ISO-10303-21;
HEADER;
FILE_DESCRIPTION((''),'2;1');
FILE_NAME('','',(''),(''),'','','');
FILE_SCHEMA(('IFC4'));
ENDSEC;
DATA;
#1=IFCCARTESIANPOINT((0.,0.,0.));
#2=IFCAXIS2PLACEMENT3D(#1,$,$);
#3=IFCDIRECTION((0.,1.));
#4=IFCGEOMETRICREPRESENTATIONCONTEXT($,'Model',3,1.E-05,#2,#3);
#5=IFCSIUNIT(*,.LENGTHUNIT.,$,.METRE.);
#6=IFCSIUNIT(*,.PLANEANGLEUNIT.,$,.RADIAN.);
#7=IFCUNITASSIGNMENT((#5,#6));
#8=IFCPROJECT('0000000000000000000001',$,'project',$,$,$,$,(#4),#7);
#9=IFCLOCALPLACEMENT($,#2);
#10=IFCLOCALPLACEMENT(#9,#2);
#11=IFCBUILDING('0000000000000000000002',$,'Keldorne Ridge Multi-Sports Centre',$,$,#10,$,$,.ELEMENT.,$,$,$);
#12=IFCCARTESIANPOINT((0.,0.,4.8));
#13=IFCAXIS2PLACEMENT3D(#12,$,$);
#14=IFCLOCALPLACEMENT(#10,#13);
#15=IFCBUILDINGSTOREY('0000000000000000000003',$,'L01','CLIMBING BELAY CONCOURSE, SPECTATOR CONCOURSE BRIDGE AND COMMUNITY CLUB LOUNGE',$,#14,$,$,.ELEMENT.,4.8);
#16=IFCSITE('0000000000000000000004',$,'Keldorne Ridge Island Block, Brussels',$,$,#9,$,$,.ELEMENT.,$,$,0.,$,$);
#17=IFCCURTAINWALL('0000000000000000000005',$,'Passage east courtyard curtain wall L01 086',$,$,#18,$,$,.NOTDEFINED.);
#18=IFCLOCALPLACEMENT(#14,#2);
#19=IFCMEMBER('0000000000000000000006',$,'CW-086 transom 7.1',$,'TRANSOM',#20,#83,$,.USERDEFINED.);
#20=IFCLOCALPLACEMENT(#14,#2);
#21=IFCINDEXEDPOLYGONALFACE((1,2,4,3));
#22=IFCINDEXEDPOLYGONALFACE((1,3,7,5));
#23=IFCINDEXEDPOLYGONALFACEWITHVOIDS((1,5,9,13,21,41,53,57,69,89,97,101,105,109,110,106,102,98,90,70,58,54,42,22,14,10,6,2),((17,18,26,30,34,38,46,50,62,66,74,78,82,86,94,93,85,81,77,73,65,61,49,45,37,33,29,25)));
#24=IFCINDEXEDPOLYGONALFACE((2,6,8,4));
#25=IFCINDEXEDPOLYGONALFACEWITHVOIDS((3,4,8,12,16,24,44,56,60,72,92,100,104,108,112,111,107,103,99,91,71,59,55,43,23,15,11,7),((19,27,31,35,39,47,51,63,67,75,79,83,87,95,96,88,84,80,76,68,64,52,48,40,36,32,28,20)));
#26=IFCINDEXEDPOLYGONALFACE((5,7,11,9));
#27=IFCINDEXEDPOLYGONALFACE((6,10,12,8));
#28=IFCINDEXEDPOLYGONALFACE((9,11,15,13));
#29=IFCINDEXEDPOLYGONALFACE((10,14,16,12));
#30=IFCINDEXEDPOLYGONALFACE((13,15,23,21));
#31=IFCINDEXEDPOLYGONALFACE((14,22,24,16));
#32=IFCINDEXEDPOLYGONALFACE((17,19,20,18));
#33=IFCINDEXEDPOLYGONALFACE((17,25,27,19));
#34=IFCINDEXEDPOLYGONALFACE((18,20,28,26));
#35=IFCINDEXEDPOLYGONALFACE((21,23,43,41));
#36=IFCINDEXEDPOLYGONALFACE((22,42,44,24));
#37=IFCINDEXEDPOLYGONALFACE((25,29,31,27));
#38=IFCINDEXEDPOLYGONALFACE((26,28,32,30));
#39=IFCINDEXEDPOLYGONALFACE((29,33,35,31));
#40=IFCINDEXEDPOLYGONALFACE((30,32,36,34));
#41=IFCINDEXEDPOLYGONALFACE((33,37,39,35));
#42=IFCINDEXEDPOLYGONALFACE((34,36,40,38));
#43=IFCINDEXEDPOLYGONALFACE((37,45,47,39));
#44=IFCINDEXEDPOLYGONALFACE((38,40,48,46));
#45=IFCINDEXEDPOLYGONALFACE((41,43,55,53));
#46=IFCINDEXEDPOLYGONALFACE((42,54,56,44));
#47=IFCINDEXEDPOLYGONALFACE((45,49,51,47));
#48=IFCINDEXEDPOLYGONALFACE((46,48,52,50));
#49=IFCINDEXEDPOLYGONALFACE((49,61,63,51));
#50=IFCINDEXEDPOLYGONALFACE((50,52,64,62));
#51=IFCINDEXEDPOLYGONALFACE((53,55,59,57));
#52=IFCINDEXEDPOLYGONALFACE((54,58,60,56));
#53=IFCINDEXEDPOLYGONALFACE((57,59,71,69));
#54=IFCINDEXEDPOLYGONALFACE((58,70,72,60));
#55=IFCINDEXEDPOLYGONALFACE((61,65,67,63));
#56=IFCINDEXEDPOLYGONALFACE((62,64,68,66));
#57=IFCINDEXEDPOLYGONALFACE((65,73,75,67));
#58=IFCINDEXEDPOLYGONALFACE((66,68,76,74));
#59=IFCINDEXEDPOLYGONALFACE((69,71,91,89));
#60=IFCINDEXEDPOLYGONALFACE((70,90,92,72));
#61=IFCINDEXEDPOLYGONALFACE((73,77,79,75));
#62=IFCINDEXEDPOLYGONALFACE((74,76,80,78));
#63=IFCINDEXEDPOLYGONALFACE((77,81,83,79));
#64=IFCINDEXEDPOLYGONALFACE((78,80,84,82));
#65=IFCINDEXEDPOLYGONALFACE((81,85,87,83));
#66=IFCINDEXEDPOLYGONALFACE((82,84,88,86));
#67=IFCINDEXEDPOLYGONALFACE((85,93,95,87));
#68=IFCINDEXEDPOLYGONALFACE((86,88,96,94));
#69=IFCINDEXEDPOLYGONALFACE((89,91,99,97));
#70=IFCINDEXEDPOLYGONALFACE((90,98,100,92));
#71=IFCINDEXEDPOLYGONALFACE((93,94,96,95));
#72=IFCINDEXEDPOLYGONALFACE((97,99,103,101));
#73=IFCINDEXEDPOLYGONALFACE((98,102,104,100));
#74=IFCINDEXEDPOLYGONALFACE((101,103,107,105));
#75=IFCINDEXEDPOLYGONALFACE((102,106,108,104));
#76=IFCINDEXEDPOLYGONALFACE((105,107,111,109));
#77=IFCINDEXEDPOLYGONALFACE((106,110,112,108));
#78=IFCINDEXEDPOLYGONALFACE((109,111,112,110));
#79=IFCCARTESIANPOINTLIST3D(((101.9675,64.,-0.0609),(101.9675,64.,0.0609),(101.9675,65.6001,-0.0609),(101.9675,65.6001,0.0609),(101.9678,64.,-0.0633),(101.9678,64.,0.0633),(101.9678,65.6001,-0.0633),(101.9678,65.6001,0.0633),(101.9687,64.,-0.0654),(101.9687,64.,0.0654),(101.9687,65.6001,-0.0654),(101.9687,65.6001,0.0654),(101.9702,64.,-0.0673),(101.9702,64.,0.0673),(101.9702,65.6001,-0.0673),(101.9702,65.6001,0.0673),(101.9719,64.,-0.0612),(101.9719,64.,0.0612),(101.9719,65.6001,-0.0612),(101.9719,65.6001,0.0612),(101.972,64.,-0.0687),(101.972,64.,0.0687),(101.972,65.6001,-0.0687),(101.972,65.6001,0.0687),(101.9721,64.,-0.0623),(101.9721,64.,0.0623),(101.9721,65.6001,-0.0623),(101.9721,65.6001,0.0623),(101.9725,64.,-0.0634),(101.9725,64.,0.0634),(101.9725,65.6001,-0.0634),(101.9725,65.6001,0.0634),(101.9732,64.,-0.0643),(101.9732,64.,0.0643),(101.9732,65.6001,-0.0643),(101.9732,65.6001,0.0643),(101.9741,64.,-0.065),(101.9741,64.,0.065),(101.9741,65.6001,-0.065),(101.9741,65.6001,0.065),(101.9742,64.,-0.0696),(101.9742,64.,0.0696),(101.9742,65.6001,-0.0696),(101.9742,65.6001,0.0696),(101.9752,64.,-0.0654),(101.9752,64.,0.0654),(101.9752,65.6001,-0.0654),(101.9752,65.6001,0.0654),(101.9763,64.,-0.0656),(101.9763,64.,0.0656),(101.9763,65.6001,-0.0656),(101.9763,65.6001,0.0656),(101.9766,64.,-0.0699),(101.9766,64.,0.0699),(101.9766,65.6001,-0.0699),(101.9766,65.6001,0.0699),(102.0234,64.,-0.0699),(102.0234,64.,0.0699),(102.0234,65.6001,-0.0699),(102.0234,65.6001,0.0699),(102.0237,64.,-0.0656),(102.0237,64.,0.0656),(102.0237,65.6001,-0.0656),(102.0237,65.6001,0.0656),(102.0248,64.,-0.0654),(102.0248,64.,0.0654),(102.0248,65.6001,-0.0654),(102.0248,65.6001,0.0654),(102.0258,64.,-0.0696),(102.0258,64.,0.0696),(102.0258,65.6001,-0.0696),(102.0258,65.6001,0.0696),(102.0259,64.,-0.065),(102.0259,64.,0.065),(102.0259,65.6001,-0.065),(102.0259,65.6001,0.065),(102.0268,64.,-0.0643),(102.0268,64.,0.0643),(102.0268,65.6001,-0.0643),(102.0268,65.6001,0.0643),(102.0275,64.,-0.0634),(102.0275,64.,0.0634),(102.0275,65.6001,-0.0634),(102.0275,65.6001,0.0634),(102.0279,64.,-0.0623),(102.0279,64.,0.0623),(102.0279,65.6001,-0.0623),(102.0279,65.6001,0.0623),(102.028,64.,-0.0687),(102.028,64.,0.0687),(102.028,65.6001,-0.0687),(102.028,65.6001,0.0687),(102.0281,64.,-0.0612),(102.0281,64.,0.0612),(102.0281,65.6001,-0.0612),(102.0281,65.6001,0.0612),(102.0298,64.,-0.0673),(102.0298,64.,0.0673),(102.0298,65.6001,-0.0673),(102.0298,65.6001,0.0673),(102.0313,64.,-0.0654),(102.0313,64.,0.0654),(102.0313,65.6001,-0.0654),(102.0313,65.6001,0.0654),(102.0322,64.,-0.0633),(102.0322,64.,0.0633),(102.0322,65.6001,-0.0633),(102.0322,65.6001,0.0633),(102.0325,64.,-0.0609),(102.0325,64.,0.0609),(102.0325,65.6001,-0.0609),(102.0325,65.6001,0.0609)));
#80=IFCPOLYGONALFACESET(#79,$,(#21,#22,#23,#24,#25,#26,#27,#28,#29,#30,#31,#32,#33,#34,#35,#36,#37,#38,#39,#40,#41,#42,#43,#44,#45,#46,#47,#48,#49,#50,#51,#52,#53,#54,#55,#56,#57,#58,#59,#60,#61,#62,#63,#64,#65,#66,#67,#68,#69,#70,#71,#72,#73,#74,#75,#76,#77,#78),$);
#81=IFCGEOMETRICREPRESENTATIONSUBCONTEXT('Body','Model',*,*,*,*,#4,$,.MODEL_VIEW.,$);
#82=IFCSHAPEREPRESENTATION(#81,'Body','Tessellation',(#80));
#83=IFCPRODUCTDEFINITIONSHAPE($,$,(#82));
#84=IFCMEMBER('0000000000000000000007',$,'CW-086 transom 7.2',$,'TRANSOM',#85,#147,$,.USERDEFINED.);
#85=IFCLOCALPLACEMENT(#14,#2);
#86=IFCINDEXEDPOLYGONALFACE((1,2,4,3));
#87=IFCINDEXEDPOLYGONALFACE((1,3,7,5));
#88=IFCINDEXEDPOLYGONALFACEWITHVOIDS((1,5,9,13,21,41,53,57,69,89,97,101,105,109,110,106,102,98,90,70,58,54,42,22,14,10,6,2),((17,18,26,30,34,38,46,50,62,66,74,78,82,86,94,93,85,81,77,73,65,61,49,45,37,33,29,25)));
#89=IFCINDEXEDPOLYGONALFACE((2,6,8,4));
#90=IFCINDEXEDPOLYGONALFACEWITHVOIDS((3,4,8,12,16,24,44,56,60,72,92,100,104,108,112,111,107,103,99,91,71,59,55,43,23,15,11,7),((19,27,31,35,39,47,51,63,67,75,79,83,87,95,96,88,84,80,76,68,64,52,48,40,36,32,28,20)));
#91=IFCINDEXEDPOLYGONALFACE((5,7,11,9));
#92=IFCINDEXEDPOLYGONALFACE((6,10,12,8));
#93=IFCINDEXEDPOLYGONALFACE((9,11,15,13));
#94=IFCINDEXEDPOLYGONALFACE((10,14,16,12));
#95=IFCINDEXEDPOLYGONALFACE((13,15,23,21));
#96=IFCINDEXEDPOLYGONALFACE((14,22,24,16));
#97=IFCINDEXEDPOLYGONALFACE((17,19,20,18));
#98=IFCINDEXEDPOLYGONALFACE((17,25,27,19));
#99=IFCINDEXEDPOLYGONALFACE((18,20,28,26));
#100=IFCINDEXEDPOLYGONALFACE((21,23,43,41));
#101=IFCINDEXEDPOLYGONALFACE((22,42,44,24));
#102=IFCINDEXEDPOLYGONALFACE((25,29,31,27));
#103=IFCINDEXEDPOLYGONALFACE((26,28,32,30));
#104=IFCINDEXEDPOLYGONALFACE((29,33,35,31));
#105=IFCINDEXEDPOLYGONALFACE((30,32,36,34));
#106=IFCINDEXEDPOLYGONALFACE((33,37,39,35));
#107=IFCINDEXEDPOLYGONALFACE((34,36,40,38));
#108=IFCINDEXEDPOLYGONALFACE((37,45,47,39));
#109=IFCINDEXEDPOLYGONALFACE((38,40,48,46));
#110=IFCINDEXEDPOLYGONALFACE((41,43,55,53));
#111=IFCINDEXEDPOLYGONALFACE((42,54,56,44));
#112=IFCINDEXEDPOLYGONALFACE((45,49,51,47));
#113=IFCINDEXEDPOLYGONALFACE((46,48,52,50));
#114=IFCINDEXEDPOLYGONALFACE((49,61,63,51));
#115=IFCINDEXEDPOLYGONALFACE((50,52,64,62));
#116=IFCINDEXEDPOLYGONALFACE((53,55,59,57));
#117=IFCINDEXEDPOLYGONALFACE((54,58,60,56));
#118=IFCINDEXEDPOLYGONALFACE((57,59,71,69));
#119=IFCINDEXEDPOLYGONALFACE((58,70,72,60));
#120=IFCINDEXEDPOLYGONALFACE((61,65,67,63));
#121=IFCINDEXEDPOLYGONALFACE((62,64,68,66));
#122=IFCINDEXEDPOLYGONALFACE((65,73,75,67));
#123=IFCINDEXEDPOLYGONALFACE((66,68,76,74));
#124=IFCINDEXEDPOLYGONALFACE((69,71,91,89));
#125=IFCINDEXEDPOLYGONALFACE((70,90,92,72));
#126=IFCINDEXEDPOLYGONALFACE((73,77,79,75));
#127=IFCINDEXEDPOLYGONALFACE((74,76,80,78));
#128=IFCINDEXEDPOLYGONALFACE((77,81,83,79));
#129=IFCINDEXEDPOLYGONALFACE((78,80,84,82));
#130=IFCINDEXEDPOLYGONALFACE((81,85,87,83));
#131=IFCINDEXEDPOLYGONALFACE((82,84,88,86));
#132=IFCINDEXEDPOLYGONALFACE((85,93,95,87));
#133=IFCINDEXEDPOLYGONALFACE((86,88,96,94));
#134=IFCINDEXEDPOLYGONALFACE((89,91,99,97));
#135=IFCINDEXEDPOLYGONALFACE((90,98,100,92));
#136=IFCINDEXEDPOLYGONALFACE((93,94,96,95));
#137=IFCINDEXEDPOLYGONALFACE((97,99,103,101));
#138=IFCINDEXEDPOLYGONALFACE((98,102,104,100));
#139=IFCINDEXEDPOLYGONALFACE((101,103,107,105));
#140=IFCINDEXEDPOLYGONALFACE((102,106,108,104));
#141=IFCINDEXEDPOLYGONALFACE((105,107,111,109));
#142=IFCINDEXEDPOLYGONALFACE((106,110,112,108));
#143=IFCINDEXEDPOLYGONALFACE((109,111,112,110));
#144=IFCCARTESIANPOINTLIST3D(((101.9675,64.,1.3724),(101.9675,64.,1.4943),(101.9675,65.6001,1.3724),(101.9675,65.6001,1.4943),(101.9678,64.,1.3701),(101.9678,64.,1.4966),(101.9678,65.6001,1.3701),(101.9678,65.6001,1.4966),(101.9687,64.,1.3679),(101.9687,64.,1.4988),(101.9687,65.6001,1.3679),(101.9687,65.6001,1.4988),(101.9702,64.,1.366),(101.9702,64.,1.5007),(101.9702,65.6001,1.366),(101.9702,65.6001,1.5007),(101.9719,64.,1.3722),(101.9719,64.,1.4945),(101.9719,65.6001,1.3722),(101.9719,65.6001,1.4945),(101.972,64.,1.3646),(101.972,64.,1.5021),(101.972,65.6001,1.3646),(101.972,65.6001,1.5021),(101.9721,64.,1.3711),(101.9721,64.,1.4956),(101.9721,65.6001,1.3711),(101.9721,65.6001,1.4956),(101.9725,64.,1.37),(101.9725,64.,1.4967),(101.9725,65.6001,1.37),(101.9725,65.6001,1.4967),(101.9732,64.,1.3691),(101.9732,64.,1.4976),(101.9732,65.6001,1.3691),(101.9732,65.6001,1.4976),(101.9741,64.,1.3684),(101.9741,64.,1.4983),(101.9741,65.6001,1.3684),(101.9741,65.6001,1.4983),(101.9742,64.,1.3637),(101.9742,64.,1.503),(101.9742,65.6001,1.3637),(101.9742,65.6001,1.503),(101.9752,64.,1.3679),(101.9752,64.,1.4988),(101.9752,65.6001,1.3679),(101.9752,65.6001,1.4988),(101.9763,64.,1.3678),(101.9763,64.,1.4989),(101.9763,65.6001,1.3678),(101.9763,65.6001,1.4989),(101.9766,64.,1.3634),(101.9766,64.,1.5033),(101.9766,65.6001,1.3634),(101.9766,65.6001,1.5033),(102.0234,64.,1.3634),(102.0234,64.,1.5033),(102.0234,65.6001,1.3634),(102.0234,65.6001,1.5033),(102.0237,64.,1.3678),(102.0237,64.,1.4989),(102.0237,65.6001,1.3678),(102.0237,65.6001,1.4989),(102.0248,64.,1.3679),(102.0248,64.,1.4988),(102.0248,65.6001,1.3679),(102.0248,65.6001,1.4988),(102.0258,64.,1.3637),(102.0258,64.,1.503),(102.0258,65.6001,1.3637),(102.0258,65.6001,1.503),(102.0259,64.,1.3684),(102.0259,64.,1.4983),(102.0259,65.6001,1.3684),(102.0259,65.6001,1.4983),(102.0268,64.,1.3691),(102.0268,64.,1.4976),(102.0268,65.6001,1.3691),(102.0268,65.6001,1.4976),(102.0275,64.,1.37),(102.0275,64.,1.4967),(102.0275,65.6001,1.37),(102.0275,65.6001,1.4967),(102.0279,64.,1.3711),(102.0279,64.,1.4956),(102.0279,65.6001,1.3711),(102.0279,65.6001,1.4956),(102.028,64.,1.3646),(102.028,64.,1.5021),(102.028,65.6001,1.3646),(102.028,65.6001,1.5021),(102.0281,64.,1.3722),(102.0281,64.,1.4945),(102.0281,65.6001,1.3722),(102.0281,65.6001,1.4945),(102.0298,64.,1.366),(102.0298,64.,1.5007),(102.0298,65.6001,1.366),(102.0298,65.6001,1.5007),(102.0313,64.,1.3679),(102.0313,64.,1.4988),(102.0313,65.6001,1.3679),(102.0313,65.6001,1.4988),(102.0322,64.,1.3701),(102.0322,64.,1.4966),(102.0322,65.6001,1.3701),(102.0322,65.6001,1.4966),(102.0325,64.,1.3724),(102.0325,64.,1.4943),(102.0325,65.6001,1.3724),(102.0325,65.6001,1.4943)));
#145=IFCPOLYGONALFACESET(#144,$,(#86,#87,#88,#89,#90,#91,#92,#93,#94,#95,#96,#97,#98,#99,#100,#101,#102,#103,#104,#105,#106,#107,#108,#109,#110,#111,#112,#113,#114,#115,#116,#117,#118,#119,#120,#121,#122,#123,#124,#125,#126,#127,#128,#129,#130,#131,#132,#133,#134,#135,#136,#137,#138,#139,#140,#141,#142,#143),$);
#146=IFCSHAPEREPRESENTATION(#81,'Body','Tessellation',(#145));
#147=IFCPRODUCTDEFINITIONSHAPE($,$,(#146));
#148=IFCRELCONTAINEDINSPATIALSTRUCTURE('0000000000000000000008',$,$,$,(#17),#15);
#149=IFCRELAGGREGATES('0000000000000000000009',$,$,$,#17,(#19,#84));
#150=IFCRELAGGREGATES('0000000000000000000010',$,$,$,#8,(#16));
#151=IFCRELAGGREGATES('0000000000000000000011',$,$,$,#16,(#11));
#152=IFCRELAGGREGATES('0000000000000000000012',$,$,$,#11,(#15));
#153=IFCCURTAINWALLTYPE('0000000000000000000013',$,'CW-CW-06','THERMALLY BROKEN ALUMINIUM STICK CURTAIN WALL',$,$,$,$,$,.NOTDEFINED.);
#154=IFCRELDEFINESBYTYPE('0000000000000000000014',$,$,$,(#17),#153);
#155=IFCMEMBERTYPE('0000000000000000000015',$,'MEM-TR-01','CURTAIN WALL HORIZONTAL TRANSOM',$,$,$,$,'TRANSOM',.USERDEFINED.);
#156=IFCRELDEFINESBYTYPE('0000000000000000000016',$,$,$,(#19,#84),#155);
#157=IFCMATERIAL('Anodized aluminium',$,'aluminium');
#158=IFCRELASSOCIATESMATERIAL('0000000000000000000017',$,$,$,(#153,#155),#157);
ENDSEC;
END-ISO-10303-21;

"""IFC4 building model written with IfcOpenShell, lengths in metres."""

from ifc_helpers import new_model, si_unit, direction, frame, origin, origin_2d, place, context, subcontext, project, spatial, hollow_rectangle, extrude, material, material_profile, profile_set, type_object, element, aggregate, save


model = new_model("IFC4")

# Units and contexts
model_context = context("Model", 3, precision=1e-05, world=origin(), true_north=direction((0.0, 1.0)))
body_context = subcontext(model_context, "Body", "Model", "MODEL_VIEW")
ifc_project = project(units=[si_unit("LENGTHUNIT", "METRE"), si_unit("PLANEANGLEUNIT", "RADIAN")], contexts=[model_context])

# Site, building, storey
site_placement = place(None, origin())
site = spatial("IfcSite", under=ifc_project, at=site_placement, Name="Keldorne Ridge Island Block, Brussels", CompositionType="ELEMENT", RefElevation=0.0)
building_placement = place(site_placement, origin())
building = spatial("IfcBuilding", under=site, at=building_placement, Name="Keldorne Ridge Multi-Sports Centre", CompositionType="ELEMENT")
storey_placement = place(building_placement, frame((0.0, 0.0, 4.8)))
storey = spatial("IfcBuildingStorey", under=building, at=storey_placement, Name="L01", Description="CLIMBING BELAY CONCOURSE, SPECTATOR CONCOURSE BRIDGE AND COMMUNITY CLUB LOUNGE", CompositionType="ELEMENT", Elevation=4.8)

# Curtain wall, members
ifc_material_1 = material(Name="Anodized aluminium", Category="aluminium")
curtain_wall_type = type_object("IfcCurtainWallType", Name="CW-CW-06", Description="THERMALLY BROKEN ALUMINIUM STICK CURTAIN WALL", PredefinedType="NOTDEFINED", material=ifc_material_1)
curtain_wall_placement = place(storey_placement, origin())
curtain_wall = element("IfcCurtainWall", 1, at=curtain_wall_placement, inside=storey, type_object=curtain_wall_type, Name="Passage east courtyard curtain wall L01 086", PredefinedType="NOTDEFINED")
ifc_material_profile_1 = material_profile(ifc_material_1, hollow_rectangle(XDim=0.0649, YDim=0.1399, WallThickness=0.0044, InnerFilletRadius=0.0044, OuterFilletRadius=0.009, at=origin_2d()), Name="ALU TRANSOM 140x65x4.5")
ifc_profile_set_1 = profile_set([ifc_material_profile_1], Name="Anodized aluminium")
member_type_1 = type_object("IfcMemberType", Name="MEM-TR-01", Description="CURTAIN WALL HORIZONTAL TRANSOM", ElementType="TRANSOM", PredefinedType="USERDEFINED", material=ifc_profile_set_1)
member_1_placement = place(storey_placement, frame((102.0, 64.0, 0.0), z_axis=(0.0, 1.0, 0.0), x_axis=(-1.0, 0.0, 0.0)))
member_1 = element("IfcMember", 2, at=member_1_placement, type_object=member_type_1, Name="CW-086 transom 7.1", ObjectType="TRANSOM", PredefinedType="USERDEFINED", context=body_context, shape_type="SweptSolid", body=[
    extrude(hollow_rectangle(XDim=0.0649, YDim=0.1399, WallThickness=0.0044, InnerFilletRadius=0.0044, OuterFilletRadius=0.009, at=origin_2d()), origin(), (0.0, 0.0, 1.0), 1.6001),
])
member_2_placement = place(storey_placement, frame((102.0, 64.0, 1.4333), z_axis=(0.0, 1.0, 0.0), x_axis=(-1.0, 0.0, 0.0)))
member_2 = element("IfcMember", 3, at=member_2_placement, type_object=member_type_1, Name="CW-086 transom 7.2", ObjectType="TRANSOM", PredefinedType="USERDEFINED", context=body_context, shape_type="SweptSolid", body=[
    extrude(hollow_rectangle(XDim=0.0649, YDim=0.1399, WallThickness=0.0044, InnerFilletRadius=0.0044, OuterFilletRadius=0.009, at=origin_2d()), origin(), (0.0, 0.0, 1.0), 1.6001),
])
aggregate(curtain_wall, [member_1, member_2])

save(model, "model.ifc")
